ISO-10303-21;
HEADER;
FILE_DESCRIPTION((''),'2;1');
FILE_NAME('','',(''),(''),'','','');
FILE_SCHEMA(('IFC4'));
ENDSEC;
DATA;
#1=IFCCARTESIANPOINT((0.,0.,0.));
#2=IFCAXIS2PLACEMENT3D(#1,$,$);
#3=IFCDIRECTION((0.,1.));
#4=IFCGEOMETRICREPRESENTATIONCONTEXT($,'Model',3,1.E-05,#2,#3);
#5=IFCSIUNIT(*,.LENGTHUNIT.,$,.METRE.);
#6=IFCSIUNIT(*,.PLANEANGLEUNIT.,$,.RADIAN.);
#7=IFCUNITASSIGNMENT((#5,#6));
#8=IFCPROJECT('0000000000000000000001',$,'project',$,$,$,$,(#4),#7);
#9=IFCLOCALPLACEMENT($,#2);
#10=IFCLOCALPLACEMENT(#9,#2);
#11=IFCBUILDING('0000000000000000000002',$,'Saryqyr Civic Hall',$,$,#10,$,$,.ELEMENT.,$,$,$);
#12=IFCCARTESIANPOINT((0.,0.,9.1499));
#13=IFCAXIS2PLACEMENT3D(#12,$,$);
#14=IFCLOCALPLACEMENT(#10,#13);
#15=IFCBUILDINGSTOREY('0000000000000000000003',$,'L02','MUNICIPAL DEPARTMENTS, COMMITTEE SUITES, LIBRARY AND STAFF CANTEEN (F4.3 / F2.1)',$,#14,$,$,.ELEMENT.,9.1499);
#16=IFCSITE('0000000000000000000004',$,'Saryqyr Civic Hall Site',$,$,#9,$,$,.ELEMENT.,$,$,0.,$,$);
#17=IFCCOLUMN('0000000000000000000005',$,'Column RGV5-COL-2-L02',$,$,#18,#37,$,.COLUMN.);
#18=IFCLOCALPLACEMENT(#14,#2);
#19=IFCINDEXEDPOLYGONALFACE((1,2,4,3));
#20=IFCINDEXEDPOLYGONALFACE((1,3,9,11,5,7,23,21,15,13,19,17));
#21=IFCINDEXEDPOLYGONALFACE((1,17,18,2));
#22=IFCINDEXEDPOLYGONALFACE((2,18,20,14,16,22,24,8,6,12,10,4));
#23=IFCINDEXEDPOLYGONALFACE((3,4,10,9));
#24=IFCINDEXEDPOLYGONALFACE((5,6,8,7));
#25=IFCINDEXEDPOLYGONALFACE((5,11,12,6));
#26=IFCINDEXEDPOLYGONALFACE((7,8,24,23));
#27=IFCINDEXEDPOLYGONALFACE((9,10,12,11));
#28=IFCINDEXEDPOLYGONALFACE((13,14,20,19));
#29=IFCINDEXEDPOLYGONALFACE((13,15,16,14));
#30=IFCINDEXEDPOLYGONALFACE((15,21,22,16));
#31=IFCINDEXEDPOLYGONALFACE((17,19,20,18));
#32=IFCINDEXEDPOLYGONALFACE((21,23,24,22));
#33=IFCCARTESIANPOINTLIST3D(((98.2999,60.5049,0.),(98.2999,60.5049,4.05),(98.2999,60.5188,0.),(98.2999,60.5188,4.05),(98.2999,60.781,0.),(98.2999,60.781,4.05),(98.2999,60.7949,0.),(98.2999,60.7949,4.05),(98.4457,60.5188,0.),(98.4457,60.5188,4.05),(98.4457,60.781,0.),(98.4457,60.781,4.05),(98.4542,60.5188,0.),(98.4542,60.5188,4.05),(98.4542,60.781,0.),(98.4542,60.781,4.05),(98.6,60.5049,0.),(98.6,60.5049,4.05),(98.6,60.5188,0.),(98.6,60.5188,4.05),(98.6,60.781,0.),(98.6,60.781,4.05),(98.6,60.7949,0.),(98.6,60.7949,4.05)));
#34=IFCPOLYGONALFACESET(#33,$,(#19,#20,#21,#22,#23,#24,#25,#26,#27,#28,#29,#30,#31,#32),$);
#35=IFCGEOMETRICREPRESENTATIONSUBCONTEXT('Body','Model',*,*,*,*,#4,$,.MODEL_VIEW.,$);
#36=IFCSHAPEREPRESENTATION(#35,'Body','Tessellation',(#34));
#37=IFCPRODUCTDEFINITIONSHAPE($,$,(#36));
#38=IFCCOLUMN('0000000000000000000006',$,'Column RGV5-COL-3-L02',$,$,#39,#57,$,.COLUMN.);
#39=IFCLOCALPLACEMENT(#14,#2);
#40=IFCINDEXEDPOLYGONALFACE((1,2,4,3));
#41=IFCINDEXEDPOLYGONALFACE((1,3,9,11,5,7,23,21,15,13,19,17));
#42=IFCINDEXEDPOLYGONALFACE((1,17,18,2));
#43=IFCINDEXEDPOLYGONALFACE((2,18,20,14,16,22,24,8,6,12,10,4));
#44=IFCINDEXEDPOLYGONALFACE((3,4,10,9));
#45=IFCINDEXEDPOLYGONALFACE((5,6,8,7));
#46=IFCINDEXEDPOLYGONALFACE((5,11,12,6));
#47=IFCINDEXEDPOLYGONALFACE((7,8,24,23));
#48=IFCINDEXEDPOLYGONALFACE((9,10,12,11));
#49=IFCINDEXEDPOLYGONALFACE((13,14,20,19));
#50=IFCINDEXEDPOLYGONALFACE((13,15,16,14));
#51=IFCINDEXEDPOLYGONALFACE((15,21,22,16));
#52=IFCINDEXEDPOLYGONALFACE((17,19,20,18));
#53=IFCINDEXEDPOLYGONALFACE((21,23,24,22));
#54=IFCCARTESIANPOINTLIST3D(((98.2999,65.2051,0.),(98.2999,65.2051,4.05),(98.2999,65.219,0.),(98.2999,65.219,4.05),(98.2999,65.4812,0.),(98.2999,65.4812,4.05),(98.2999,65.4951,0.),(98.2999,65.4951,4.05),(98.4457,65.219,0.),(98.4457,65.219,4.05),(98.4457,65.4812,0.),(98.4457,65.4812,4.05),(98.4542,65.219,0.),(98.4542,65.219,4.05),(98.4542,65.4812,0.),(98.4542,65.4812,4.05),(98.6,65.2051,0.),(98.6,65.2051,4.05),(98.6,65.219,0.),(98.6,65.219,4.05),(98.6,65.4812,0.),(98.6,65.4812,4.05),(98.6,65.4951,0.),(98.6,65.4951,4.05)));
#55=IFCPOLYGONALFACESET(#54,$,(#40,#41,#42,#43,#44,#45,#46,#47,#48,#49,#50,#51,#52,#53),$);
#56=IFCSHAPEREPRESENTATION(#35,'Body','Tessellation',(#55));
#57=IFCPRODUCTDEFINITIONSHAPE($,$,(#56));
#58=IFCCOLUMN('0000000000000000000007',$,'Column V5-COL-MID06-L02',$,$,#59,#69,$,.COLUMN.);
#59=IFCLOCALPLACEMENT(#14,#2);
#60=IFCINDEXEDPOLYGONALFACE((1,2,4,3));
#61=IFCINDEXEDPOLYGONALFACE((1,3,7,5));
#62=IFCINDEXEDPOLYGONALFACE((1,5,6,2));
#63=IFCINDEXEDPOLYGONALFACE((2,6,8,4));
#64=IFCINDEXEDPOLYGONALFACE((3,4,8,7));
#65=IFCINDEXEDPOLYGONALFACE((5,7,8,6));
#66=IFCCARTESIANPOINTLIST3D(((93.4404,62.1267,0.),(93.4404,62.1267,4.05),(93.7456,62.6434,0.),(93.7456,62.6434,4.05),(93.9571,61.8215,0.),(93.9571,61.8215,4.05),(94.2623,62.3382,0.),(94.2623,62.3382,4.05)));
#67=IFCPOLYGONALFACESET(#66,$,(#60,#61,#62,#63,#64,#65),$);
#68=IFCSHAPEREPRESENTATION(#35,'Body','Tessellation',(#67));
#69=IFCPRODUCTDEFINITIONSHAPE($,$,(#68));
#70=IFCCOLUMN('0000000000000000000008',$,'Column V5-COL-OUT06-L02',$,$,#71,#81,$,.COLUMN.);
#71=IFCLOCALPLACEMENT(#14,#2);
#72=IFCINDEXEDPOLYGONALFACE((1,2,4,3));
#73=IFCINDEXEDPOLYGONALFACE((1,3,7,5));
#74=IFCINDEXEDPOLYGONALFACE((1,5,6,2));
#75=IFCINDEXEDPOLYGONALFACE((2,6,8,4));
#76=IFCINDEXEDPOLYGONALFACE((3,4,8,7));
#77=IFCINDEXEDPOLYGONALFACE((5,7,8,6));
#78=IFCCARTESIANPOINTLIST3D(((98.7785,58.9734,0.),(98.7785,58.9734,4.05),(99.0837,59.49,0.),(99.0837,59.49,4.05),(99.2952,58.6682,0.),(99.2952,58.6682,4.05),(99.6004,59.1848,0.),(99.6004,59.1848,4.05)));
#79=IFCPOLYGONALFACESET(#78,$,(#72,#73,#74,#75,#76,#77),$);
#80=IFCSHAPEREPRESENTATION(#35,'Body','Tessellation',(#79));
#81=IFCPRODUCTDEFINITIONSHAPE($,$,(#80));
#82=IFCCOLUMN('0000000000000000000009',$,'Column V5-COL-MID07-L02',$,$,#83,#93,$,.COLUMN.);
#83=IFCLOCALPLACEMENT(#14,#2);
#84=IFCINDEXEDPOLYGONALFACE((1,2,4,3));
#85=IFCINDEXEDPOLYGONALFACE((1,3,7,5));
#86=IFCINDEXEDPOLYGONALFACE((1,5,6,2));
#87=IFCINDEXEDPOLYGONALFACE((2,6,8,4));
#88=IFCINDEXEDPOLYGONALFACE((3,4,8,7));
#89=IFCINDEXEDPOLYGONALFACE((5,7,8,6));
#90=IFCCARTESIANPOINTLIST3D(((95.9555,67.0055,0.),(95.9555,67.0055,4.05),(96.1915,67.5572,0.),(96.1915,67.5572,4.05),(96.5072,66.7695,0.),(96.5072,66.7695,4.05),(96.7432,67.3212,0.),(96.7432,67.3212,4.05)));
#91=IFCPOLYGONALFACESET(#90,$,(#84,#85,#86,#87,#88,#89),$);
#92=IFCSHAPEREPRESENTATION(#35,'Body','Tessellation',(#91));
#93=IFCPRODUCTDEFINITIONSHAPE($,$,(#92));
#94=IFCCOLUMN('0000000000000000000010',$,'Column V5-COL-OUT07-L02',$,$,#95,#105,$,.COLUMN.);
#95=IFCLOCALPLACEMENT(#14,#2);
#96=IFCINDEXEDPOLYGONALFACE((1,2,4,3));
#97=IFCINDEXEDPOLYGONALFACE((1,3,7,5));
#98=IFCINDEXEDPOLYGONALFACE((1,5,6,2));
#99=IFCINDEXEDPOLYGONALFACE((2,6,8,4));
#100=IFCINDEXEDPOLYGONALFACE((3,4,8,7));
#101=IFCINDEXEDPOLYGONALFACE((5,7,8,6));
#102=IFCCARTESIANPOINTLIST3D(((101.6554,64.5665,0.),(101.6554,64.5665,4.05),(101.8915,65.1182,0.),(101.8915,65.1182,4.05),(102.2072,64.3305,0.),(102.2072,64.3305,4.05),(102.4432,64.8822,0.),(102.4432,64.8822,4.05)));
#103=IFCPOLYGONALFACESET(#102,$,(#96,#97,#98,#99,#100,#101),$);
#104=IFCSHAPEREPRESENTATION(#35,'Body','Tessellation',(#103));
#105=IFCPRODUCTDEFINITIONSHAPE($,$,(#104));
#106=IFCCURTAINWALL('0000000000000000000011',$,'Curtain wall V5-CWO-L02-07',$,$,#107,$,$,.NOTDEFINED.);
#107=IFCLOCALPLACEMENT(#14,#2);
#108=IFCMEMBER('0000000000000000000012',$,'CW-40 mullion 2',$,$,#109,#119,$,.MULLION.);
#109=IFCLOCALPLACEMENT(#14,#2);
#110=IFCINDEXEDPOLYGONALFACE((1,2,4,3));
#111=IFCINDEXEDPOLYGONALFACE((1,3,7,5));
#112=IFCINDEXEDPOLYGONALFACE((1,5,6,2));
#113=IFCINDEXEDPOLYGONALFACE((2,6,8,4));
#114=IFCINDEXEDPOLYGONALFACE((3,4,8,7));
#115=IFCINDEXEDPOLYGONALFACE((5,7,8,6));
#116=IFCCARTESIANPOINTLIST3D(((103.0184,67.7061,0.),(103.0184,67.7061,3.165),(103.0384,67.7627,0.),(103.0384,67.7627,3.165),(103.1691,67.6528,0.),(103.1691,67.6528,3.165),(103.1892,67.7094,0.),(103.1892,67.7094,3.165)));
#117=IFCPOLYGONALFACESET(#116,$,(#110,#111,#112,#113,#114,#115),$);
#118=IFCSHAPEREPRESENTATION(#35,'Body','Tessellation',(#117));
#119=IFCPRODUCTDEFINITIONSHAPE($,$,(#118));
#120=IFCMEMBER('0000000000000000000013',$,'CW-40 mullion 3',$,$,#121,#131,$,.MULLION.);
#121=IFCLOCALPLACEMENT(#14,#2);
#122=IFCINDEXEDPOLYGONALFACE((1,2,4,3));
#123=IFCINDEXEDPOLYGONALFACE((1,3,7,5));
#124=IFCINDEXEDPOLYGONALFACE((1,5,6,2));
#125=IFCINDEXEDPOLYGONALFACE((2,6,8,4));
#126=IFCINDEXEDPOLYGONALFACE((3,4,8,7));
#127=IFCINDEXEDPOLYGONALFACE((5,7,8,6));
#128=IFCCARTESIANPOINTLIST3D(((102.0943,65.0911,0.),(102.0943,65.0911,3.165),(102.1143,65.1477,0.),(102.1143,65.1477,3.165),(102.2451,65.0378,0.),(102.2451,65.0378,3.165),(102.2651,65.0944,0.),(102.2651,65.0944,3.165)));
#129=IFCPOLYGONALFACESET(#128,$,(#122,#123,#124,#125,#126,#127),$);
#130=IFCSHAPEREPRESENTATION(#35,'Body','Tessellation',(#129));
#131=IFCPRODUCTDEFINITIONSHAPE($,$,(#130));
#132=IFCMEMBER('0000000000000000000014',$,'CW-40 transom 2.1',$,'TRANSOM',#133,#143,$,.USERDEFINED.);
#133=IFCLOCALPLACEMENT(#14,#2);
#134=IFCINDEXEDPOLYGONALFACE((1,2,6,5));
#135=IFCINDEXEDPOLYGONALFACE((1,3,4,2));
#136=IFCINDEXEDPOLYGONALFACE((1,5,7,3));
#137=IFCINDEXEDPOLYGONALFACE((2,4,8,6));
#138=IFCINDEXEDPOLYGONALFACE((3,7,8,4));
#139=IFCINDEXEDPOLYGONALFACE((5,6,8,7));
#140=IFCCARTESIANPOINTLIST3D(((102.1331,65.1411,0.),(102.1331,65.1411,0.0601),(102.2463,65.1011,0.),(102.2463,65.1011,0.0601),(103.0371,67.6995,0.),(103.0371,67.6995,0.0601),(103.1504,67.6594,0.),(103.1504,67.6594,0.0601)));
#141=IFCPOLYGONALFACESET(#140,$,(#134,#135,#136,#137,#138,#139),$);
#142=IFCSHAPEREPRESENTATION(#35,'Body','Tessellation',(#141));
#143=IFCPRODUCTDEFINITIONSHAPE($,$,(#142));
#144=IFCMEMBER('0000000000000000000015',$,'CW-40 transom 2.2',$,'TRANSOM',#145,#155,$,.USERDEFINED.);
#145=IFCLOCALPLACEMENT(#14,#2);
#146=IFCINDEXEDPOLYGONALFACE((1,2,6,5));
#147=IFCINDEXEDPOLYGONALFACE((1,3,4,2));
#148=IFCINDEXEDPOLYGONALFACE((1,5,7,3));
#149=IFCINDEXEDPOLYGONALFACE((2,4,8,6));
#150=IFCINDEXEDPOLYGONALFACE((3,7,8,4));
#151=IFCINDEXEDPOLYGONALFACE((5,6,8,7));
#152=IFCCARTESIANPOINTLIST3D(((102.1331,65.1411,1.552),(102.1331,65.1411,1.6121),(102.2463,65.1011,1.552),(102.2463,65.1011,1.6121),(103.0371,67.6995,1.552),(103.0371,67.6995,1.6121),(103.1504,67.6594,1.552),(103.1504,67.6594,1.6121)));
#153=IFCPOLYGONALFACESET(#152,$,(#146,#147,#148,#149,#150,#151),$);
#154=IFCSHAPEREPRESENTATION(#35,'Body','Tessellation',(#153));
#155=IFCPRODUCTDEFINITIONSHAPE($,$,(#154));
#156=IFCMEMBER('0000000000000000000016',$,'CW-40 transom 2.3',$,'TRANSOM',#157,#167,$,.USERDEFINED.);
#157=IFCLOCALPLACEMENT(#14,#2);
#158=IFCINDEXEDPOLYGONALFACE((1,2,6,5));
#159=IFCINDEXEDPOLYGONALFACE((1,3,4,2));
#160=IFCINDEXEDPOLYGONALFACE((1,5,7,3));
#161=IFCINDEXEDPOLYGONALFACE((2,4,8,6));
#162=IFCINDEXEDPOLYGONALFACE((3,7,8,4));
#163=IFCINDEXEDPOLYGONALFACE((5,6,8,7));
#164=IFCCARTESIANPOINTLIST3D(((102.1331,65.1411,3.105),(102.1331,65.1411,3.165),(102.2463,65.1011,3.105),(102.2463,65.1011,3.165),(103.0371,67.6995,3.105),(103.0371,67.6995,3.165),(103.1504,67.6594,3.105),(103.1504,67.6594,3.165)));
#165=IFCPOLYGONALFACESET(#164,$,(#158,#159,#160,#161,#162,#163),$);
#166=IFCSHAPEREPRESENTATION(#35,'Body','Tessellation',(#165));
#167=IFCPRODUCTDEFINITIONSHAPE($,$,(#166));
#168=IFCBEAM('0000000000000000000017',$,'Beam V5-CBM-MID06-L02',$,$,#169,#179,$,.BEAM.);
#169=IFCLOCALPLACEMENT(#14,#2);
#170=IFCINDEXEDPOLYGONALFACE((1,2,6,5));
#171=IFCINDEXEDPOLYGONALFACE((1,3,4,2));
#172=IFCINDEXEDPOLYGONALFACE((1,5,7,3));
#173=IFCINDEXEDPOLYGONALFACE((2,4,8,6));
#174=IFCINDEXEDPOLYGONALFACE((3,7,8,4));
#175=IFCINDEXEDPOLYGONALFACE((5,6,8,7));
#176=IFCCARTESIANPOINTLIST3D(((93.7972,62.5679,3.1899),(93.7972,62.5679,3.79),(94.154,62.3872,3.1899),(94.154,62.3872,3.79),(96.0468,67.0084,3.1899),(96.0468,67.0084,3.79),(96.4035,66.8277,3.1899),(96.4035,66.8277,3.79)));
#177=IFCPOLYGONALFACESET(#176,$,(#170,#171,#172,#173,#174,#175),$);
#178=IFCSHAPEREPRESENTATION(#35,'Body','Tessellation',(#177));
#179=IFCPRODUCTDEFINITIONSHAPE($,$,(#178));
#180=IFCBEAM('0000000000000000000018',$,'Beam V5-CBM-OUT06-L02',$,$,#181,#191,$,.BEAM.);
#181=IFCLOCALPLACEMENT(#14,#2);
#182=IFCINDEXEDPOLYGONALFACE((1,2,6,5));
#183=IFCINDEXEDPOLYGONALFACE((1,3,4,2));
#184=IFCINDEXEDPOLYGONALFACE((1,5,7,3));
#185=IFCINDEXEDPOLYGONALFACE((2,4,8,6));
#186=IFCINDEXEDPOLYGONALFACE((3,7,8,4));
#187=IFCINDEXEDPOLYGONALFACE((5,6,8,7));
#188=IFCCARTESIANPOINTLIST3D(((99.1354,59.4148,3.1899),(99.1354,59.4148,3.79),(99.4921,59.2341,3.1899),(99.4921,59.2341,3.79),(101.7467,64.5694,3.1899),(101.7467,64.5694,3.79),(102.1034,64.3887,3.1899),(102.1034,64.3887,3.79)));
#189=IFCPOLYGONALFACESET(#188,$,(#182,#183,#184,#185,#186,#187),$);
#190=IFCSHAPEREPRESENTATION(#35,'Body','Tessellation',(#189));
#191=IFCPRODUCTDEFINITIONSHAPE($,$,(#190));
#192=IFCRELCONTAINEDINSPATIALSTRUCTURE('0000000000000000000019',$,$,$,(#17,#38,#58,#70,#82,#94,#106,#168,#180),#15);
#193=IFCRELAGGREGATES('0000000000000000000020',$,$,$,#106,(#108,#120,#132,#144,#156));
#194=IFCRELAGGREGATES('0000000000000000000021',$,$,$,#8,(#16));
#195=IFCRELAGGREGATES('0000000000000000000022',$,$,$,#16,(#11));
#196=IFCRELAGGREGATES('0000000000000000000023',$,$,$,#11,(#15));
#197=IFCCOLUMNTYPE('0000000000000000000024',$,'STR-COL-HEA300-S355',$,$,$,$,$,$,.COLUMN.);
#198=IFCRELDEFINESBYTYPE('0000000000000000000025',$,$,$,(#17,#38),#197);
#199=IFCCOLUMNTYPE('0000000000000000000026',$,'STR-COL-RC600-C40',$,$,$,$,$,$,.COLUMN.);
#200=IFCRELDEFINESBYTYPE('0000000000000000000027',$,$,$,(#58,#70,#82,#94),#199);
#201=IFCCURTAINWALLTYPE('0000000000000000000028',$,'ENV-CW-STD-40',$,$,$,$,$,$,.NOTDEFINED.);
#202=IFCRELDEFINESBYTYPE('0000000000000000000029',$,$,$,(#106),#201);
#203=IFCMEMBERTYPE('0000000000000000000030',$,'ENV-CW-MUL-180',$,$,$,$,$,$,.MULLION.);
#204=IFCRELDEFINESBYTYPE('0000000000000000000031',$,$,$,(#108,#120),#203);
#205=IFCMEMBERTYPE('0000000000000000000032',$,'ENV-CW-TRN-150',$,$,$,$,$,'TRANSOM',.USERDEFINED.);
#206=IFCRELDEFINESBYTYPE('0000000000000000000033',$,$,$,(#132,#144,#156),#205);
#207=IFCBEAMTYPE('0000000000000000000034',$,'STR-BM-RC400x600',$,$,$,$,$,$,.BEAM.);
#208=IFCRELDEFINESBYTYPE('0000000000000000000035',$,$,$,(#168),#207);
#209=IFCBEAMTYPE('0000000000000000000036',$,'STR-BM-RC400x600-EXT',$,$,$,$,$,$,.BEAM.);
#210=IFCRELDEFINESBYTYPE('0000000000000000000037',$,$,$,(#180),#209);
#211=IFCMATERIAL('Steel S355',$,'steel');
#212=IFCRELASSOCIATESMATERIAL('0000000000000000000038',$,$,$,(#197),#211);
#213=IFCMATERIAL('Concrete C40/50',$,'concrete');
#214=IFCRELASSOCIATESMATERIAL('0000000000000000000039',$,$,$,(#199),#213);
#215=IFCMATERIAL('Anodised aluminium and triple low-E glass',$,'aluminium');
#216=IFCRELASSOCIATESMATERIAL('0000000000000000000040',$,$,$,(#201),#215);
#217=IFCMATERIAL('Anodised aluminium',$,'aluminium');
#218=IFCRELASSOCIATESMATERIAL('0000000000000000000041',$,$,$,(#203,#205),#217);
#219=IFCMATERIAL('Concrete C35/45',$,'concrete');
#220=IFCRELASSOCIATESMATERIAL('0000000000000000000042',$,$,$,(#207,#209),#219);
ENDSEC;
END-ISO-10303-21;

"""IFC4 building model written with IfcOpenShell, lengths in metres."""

from ifc_helpers import new_model, si_unit, direction, frame, origin, origin_2d, place, context, subcontext, project, spatial, rectangle, i_section, extrude, material, material_profile, profile_set, type_object, element, aggregate, save


model = new_model("IFC4")

# Units and contexts
model_context = context("Model", 3, precision=1e-05, world=origin(), true_north=direction((0.0, 1.0)))
body_context = subcontext(model_context, "Body", "Model", "MODEL_VIEW")
ifc_project = project(units=[si_unit("LENGTHUNIT", "METRE"), si_unit("PLANEANGLEUNIT", "RADIAN")], contexts=[model_context])

# Site, building, storey
site_placement = place(None, origin())
site = spatial("IfcSite", under=ifc_project, at=site_placement, Name="Saryqyr Civic Hall Site", CompositionType="ELEMENT", RefElevation=0.0)
building_placement = place(site_placement, origin())
building = spatial("IfcBuilding", under=site, at=building_placement, Name="Saryqyr Civic Hall", CompositionType="ELEMENT")
storey_placement = place(building_placement, frame((0.0, 0.0, 9.1499)))
storey = spatial("IfcBuildingStorey", under=building, at=storey_placement, Name="L02", Description="MUNICIPAL DEPARTMENTS, COMMITTEE SUITES, LIBRARY AND STAFF CANTEEN (F4.3 / F2.1)", CompositionType="ELEMENT", Elevation=9.1499)

# Columns
ifc_material_1 = material(Name="Steel S355", Category="steel")
ifc_material_profile_1 = material_profile(ifc_material_1, i_section(OverallWidth=0.3, OverallDepth=0.29, WebThickness=0.0085, FlangeThickness=0.0139, at=origin_2d()), Name="HEA 300")
ifc_profile_set_1 = profile_set([ifc_material_profile_1], Name="Steel S355")
column_type_1 = type_object("IfcColumnType", Name="STR-COL-HEA300-S355", PredefinedType="COLUMN", material=ifc_profile_set_1)
for number, where, z_axis, x_axis, name in (
    (1, (98.45, 60.6499, 0.0), (0.0, 0.0, 1.0), (1.0, 0.0, 0.0), "Column RGV5-COL-2-L02"),
    (2, (98.45, 65.3501, 0.0), (0.0, 0.0, 1.0), (1.0, 0.0, 0.0), "Column RGV5-COL-3-L02"),
):
    element("IfcColumn", number, at=place(storey_placement, frame(where, z_axis=z_axis, x_axis=x_axis)), inside=storey, type_object=column_type_1, Name=name, PredefinedType="COLUMN", context=body_context, shape_type="SweptSolid", body=[
        extrude(i_section(OverallWidth=0.3, OverallDepth=0.29, WebThickness=0.0085, FlangeThickness=0.0139, at=origin_2d()), origin(), (0.0, 0.0, 1.0), 4.05),
    ])
ifc_material_2 = material(Name="Concrete C40/50", Category="concrete")
ifc_material_profile_2 = material_profile(ifc_material_2, rectangle(XDim=0.6001, YDim=0.6001, at=origin_2d()), Name="RC 600x600")
ifc_profile_set_2 = profile_set([ifc_material_profile_2], Name="Concrete C40/50")
column_type_2 = type_object("IfcColumnType", Name="STR-COL-RC600-C40", PredefinedType="COLUMN", material=ifc_profile_set_2)
for number, where, z_axis, x_axis, name in (
    (3, (93.8513, 62.2324, 0.0), (0.0, 0.0, 1.0), (0.861008, -0.508591, 0.0), "Column V5-COL-MID06-L02"),
    (4, (99.1895, 59.0791, 0.0), (0.0, 0.0, 1.0), (0.861008, -0.508591, 0.0), "Column V5-COL-OUT06-L02"),
    (5, (96.3494, 67.1633, 0.0), (0.0, 0.0, 1.0), (0.91941, -0.3933, 0.0), "Column V5-COL-MID07-L02"),
    (6, (102.0493, 64.7244, 0.0), (0.0, 0.0, 1.0), (0.91941, -0.3933, 0.0), "Column V5-COL-OUT07-L02"),
):
    element("IfcColumn", number, at=place(storey_placement, frame(where, z_axis=z_axis, x_axis=x_axis)), inside=storey, type_object=column_type_2, Name=name, PredefinedType="COLUMN", context=body_context, shape_type="SweptSolid", body=[
        extrude(rectangle(XDim=0.6001, YDim=0.6001, at=origin_2d()), origin(), (0.0, 0.0, 1.0), 4.05),
    ])

# Curtain wall, members
ifc_material_3 = material(Name="Anodised aluminium and triple low-E glass", Category="aluminium")
curtain_wall_type = type_object("IfcCurtainWallType", Name="ENV-CW-STD-40", PredefinedType="NOTDEFINED", material=ifc_material_3)
curtain_wall_placement = place(storey_placement, origin())
curtain_wall = element("IfcCurtainWall", 7, at=curtain_wall_placement, inside=storey, type_object=curtain_wall_type, Name="Curtain wall V5-CWO-L02-07", PredefinedType="NOTDEFINED")
ifc_material_4 = material(Name="Anodised aluminium", Category="aluminium")
ifc_material_profile_3 = material_profile(ifc_material_4, rectangle(XDim=0.0601, YDim=0.1599, at=origin_2d()), Name="ALU MULLION 60x160")
ifc_profile_set_3 = profile_set([ifc_material_profile_3], Name="Anodised aluminium")
member_type_1 = type_object("IfcMemberType", Name="ENV-CW-MUL-180", PredefinedType="MULLION", material=ifc_profile_set_3)
member_1_placement = place(storey_placement, frame((103.1038, 67.7078, 0.0), z_axis=(0.0, 0.0, 1.0), x_axis=(-0.33318, -0.942863, 0.0)))
member_1 = element("IfcMember", 8, at=member_1_placement, type_object=member_type_1, Name="CW-40 mullion 2", PredefinedType="MULLION", context=body_context, shape_type="SweptSolid", body=[
    extrude(rectangle(XDim=0.0601, YDim=0.1599, at=origin_2d()), origin(), (0.0, 0.0, 1.0), 3.165),
])
member_2_placement = place(storey_placement, frame((102.1797, 65.0928, 0.0), z_axis=(0.0, 0.0, 1.0), x_axis=(-0.33318, -0.942863, 0.0)))
member_2 = element("IfcMember", 9, at=member_2_placement, type_object=member_type_1, Name="CW-40 mullion 3", PredefinedType="MULLION", context=body_context, shape_type="SweptSolid", body=[
    extrude(rectangle(XDim=0.0601, YDim=0.1599, at=origin_2d()), origin(), (0.0, 0.0, 1.0), 3.165),
])
ifc_material_profile_4 = material_profile(ifc_material_4, rectangle(XDim=0.1201, YDim=0.0601, at=origin_2d()), Name="ALU TRANSOM 120x60")
ifc_profile_set_4 = profile_set([ifc_material_profile_4], Name="Anodised aluminium")
member_type_2 = type_object("IfcMemberType", Name="ENV-CW-TRN-150", ElementType="TRANSOM", PredefinedType="USERDEFINED", material=ifc_profile_set_4)
member_3_placement = place(storey_placement, frame((103.0938, 67.6794, 0.03), z_axis=(-0.333182, -0.942862, 0.0), x_axis=(0.942862, -0.333182, 0.0)))
member_3 = element("IfcMember", 10, at=member_3_placement, type_object=member_type_2, Name="CW-40 transom 2.1", ObjectType="TRANSOM", PredefinedType="USERDEFINED", context=body_context, shape_type="SweptSolid", body=[
    extrude(rectangle(XDim=0.1201, YDim=0.0601, at=origin_2d()), origin(), (0.0, 0.0, 1.0), 2.7134),
])
member_4_placement = place(storey_placement, frame((103.0938, 67.6794, 1.582), z_axis=(-0.333182, -0.942862, 0.0), x_axis=(0.942862, -0.333182, 0.0)))
member_4 = element("IfcMember", 11, at=member_4_placement, type_object=member_type_2, Name="CW-40 transom 2.2", ObjectType="TRANSOM", PredefinedType="USERDEFINED", context=body_context, shape_type="SweptSolid", body=[
    extrude(rectangle(XDim=0.1201, YDim=0.0601, at=origin_2d()), origin(), (0.0, 0.0, 1.0), 2.7134),
])
member_5_placement = place(storey_placement, frame((103.0938, 67.6794, 3.135), z_axis=(-0.333182, -0.942862, 0.0), x_axis=(0.942862, -0.333182, 0.0)))
member_5 = element("IfcMember", 12, at=member_5_placement, type_object=member_type_2, Name="CW-40 transom 2.3", ObjectType="TRANSOM", PredefinedType="USERDEFINED", context=body_context, shape_type="SweptSolid", body=[
    extrude(rectangle(XDim=0.1201, YDim=0.0601, at=origin_2d()), origin(), (0.0, 0.0, 1.0), 2.7134),
])

# Beams
ifc_material_5 = material(Name="Concrete C35/45", Category="concrete")
ifc_material_profile_5 = material_profile(ifc_material_5, rectangle(XDim=0.3999, YDim=0.6001, at=origin_2d()), Name="RC 400x600")
ifc_profile_set_5 = profile_set([ifc_material_profile_5], Name="Concrete C35/45")
beam_type_1 = type_object("IfcBeamType", Name="STR-BM-RC400x600", PredefinedType="BEAM", material=ifc_profile_set_5)
beam_1_placement = place(storey_placement, frame((93.9756, 62.4775, 3.49), z_axis=(0.451916, 0.892061, 0.0), x_axis=(-0.892061, 0.451916, 0.0)))
element("IfcBeam", 13, at=beam_1_placement, inside=storey, type_object=beam_type_1, Name="Beam V5-CBM-MID06-L02", PredefinedType="BEAM", context=body_context, shape_type="SweptSolid", body=[
    extrude(rectangle(XDim=0.3999, YDim=0.6001, at=origin_2d()), origin(), (0.0, 0.0, 1.0), 4.9778),
])
ifc_material_profile_6 = material_profile(ifc_material_5, rectangle(XDim=0.3999, YDim=0.6001, at=origin_2d()), Name="RC 400x600")
ifc_profile_set_6 = profile_set([ifc_material_profile_6], Name="Concrete C35/45")
beam_type_2 = type_object("IfcBeamType", Name="STR-BM-RC400x600-EXT", PredefinedType="BEAM", material=ifc_profile_set_6)
for number, where, z_axis, x_axis, name in (
    (14, (99.3137, 59.3245, 3.49), (0.451923, 0.892057, 0.0), (-0.892057, 0.451923, 0.0), "Beam V5-CBM-OUT06-L02"),
):
    element("IfcBeam", number, at=place(storey_placement, frame(where, z_axis=z_axis, x_axis=x_axis)), inside=storey, type_object=beam_type_2, Name=name, PredefinedType="BEAM", context=body_context, shape_type="SweptSolid", body=[
        extrude(rectangle(XDim=0.3999, YDim=0.6001, at=origin_2d()), origin(), (0.0, 0.0, 1.0), 5.7783),
    ])

aggregate(curtain_wall, [member_1, member_2, member_3, member_4, member_5])

save(model, "model.ifc")
